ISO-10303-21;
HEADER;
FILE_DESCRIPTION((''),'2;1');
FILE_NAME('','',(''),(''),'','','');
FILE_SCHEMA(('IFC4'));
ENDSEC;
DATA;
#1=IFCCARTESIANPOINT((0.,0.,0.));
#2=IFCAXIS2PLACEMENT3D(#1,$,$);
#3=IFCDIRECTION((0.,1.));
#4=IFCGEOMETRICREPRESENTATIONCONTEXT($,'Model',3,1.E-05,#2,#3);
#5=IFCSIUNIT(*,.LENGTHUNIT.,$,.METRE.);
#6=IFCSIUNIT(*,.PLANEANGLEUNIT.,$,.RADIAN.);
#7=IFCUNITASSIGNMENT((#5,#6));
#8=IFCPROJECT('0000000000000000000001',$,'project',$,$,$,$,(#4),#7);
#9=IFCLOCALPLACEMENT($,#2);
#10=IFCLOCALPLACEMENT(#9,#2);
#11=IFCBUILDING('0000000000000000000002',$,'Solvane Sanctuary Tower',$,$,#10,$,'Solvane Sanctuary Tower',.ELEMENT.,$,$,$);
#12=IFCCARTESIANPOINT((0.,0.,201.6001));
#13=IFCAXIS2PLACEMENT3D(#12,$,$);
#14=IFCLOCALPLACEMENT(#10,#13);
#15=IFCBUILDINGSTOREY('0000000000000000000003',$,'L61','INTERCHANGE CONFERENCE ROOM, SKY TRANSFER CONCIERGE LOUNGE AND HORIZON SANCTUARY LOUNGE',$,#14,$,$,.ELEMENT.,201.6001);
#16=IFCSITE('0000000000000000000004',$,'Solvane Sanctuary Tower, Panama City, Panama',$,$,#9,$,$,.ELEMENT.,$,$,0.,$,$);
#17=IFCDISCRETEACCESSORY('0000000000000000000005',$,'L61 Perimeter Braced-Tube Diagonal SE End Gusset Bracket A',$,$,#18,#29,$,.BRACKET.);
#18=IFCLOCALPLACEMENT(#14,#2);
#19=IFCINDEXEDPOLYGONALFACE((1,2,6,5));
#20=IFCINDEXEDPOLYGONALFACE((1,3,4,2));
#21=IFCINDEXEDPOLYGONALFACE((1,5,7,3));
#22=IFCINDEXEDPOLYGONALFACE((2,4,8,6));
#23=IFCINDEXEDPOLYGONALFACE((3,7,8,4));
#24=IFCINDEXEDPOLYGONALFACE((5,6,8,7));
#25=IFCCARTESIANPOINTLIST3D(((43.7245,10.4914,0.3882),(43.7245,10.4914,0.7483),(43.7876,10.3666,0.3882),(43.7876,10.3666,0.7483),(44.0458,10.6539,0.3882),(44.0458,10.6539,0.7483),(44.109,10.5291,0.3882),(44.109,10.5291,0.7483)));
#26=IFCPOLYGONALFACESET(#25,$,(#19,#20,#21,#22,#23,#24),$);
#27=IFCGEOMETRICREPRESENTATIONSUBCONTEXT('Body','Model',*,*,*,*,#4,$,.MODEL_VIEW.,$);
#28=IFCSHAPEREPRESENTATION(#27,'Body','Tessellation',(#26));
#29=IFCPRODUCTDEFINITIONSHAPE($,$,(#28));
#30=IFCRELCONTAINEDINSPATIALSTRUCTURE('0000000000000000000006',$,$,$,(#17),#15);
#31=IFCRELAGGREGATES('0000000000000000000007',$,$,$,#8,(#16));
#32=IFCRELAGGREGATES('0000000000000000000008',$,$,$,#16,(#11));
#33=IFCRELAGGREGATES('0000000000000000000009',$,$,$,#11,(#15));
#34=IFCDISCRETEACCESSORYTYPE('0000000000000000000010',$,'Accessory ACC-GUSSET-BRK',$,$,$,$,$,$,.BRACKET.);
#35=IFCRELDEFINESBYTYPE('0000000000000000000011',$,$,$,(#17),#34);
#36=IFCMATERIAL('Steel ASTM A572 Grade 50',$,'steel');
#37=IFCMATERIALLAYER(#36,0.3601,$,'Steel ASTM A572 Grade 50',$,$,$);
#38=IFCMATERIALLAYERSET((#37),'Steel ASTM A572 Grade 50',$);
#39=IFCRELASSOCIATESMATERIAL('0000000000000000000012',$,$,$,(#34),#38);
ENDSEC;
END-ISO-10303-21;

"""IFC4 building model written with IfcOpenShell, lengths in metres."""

from ifc_helpers import new_model, si_unit, direction, frame, origin, origin_2d, place, context, subcontext, project, spatial, rectangle, extrude, material, layer, layer_set, type_object, element, save


model = new_model("IFC4")

# Units and contexts
model_context = context("Model", 3, precision=1e-05, world=origin(), true_north=direction((0.0, 1.0)))
body_context = subcontext(model_context, "Body", "Model", "MODEL_VIEW")
ifc_project = project(units=[si_unit("LENGTHUNIT", "METRE"), si_unit("PLANEANGLEUNIT", "RADIAN")], contexts=[model_context])

# Site, building, storey
site_placement = place(None, origin())
site = spatial("IfcSite", under=ifc_project, at=site_placement, Name="Solvane Sanctuary Tower, Panama City, Panama", CompositionType="ELEMENT", RefElevation=0.0)
building_placement = place(site_placement, origin())
building = spatial("IfcBuilding", under=site, at=building_placement, Name="Solvane Sanctuary Tower", LongName="Solvane Sanctuary Tower", CompositionType="ELEMENT")
storey_placement = place(building_placement, frame((0.0, 0.0, 201.6001)))
storey = spatial("IfcBuildingStorey", under=building, at=storey_placement, Name="L61", Description="INTERCHANGE CONFERENCE ROOM, SKY TRANSFER CONCIERGE LOUNGE AND HORIZON SANCTUARY LOUNGE", CompositionType="ELEMENT", Elevation=201.6001)

# Discrete accessory
ifc_material_1 = material(Name="Steel ASTM A572 Grade 50", Category="steel")
ifc_layer_1 = layer(ifc_material_1, 0.3601, Name="Steel ASTM A572 Grade 50")
ifc_layer_set_1 = layer_set([ifc_layer_1], Name="Steel ASTM A572 Grade 50")
discrete_accessory_type = type_object("IfcDiscreteAccessoryType", Name="Accessory ACC-GUSSET-BRK", PredefinedType="BRACKET", material=ifc_layer_set_1)
discrete_accessory_placement = place(storey_placement, frame((43.9167, 10.5103, 0.3882), z_axis=(0.0, 0.0, 1.0), x_axis=(0.89235, 0.451345, 0.0)))
element("IfcDiscreteAccessory", 1, at=discrete_accessory_placement, inside=storey, type_object=discrete_accessory_type, Name="L61 Perimeter Braced-Tube Diagonal SE End Gusset Bracket A", PredefinedType="BRACKET", context=body_context, shape_type="SweptSolid", body=[
    extrude(rectangle(XDim=0.3601, YDim=0.1399, at=origin_2d()), origin(), (0.0, 0.0, 1.0), 0.3601),
])

save(model, "model.ifc")
